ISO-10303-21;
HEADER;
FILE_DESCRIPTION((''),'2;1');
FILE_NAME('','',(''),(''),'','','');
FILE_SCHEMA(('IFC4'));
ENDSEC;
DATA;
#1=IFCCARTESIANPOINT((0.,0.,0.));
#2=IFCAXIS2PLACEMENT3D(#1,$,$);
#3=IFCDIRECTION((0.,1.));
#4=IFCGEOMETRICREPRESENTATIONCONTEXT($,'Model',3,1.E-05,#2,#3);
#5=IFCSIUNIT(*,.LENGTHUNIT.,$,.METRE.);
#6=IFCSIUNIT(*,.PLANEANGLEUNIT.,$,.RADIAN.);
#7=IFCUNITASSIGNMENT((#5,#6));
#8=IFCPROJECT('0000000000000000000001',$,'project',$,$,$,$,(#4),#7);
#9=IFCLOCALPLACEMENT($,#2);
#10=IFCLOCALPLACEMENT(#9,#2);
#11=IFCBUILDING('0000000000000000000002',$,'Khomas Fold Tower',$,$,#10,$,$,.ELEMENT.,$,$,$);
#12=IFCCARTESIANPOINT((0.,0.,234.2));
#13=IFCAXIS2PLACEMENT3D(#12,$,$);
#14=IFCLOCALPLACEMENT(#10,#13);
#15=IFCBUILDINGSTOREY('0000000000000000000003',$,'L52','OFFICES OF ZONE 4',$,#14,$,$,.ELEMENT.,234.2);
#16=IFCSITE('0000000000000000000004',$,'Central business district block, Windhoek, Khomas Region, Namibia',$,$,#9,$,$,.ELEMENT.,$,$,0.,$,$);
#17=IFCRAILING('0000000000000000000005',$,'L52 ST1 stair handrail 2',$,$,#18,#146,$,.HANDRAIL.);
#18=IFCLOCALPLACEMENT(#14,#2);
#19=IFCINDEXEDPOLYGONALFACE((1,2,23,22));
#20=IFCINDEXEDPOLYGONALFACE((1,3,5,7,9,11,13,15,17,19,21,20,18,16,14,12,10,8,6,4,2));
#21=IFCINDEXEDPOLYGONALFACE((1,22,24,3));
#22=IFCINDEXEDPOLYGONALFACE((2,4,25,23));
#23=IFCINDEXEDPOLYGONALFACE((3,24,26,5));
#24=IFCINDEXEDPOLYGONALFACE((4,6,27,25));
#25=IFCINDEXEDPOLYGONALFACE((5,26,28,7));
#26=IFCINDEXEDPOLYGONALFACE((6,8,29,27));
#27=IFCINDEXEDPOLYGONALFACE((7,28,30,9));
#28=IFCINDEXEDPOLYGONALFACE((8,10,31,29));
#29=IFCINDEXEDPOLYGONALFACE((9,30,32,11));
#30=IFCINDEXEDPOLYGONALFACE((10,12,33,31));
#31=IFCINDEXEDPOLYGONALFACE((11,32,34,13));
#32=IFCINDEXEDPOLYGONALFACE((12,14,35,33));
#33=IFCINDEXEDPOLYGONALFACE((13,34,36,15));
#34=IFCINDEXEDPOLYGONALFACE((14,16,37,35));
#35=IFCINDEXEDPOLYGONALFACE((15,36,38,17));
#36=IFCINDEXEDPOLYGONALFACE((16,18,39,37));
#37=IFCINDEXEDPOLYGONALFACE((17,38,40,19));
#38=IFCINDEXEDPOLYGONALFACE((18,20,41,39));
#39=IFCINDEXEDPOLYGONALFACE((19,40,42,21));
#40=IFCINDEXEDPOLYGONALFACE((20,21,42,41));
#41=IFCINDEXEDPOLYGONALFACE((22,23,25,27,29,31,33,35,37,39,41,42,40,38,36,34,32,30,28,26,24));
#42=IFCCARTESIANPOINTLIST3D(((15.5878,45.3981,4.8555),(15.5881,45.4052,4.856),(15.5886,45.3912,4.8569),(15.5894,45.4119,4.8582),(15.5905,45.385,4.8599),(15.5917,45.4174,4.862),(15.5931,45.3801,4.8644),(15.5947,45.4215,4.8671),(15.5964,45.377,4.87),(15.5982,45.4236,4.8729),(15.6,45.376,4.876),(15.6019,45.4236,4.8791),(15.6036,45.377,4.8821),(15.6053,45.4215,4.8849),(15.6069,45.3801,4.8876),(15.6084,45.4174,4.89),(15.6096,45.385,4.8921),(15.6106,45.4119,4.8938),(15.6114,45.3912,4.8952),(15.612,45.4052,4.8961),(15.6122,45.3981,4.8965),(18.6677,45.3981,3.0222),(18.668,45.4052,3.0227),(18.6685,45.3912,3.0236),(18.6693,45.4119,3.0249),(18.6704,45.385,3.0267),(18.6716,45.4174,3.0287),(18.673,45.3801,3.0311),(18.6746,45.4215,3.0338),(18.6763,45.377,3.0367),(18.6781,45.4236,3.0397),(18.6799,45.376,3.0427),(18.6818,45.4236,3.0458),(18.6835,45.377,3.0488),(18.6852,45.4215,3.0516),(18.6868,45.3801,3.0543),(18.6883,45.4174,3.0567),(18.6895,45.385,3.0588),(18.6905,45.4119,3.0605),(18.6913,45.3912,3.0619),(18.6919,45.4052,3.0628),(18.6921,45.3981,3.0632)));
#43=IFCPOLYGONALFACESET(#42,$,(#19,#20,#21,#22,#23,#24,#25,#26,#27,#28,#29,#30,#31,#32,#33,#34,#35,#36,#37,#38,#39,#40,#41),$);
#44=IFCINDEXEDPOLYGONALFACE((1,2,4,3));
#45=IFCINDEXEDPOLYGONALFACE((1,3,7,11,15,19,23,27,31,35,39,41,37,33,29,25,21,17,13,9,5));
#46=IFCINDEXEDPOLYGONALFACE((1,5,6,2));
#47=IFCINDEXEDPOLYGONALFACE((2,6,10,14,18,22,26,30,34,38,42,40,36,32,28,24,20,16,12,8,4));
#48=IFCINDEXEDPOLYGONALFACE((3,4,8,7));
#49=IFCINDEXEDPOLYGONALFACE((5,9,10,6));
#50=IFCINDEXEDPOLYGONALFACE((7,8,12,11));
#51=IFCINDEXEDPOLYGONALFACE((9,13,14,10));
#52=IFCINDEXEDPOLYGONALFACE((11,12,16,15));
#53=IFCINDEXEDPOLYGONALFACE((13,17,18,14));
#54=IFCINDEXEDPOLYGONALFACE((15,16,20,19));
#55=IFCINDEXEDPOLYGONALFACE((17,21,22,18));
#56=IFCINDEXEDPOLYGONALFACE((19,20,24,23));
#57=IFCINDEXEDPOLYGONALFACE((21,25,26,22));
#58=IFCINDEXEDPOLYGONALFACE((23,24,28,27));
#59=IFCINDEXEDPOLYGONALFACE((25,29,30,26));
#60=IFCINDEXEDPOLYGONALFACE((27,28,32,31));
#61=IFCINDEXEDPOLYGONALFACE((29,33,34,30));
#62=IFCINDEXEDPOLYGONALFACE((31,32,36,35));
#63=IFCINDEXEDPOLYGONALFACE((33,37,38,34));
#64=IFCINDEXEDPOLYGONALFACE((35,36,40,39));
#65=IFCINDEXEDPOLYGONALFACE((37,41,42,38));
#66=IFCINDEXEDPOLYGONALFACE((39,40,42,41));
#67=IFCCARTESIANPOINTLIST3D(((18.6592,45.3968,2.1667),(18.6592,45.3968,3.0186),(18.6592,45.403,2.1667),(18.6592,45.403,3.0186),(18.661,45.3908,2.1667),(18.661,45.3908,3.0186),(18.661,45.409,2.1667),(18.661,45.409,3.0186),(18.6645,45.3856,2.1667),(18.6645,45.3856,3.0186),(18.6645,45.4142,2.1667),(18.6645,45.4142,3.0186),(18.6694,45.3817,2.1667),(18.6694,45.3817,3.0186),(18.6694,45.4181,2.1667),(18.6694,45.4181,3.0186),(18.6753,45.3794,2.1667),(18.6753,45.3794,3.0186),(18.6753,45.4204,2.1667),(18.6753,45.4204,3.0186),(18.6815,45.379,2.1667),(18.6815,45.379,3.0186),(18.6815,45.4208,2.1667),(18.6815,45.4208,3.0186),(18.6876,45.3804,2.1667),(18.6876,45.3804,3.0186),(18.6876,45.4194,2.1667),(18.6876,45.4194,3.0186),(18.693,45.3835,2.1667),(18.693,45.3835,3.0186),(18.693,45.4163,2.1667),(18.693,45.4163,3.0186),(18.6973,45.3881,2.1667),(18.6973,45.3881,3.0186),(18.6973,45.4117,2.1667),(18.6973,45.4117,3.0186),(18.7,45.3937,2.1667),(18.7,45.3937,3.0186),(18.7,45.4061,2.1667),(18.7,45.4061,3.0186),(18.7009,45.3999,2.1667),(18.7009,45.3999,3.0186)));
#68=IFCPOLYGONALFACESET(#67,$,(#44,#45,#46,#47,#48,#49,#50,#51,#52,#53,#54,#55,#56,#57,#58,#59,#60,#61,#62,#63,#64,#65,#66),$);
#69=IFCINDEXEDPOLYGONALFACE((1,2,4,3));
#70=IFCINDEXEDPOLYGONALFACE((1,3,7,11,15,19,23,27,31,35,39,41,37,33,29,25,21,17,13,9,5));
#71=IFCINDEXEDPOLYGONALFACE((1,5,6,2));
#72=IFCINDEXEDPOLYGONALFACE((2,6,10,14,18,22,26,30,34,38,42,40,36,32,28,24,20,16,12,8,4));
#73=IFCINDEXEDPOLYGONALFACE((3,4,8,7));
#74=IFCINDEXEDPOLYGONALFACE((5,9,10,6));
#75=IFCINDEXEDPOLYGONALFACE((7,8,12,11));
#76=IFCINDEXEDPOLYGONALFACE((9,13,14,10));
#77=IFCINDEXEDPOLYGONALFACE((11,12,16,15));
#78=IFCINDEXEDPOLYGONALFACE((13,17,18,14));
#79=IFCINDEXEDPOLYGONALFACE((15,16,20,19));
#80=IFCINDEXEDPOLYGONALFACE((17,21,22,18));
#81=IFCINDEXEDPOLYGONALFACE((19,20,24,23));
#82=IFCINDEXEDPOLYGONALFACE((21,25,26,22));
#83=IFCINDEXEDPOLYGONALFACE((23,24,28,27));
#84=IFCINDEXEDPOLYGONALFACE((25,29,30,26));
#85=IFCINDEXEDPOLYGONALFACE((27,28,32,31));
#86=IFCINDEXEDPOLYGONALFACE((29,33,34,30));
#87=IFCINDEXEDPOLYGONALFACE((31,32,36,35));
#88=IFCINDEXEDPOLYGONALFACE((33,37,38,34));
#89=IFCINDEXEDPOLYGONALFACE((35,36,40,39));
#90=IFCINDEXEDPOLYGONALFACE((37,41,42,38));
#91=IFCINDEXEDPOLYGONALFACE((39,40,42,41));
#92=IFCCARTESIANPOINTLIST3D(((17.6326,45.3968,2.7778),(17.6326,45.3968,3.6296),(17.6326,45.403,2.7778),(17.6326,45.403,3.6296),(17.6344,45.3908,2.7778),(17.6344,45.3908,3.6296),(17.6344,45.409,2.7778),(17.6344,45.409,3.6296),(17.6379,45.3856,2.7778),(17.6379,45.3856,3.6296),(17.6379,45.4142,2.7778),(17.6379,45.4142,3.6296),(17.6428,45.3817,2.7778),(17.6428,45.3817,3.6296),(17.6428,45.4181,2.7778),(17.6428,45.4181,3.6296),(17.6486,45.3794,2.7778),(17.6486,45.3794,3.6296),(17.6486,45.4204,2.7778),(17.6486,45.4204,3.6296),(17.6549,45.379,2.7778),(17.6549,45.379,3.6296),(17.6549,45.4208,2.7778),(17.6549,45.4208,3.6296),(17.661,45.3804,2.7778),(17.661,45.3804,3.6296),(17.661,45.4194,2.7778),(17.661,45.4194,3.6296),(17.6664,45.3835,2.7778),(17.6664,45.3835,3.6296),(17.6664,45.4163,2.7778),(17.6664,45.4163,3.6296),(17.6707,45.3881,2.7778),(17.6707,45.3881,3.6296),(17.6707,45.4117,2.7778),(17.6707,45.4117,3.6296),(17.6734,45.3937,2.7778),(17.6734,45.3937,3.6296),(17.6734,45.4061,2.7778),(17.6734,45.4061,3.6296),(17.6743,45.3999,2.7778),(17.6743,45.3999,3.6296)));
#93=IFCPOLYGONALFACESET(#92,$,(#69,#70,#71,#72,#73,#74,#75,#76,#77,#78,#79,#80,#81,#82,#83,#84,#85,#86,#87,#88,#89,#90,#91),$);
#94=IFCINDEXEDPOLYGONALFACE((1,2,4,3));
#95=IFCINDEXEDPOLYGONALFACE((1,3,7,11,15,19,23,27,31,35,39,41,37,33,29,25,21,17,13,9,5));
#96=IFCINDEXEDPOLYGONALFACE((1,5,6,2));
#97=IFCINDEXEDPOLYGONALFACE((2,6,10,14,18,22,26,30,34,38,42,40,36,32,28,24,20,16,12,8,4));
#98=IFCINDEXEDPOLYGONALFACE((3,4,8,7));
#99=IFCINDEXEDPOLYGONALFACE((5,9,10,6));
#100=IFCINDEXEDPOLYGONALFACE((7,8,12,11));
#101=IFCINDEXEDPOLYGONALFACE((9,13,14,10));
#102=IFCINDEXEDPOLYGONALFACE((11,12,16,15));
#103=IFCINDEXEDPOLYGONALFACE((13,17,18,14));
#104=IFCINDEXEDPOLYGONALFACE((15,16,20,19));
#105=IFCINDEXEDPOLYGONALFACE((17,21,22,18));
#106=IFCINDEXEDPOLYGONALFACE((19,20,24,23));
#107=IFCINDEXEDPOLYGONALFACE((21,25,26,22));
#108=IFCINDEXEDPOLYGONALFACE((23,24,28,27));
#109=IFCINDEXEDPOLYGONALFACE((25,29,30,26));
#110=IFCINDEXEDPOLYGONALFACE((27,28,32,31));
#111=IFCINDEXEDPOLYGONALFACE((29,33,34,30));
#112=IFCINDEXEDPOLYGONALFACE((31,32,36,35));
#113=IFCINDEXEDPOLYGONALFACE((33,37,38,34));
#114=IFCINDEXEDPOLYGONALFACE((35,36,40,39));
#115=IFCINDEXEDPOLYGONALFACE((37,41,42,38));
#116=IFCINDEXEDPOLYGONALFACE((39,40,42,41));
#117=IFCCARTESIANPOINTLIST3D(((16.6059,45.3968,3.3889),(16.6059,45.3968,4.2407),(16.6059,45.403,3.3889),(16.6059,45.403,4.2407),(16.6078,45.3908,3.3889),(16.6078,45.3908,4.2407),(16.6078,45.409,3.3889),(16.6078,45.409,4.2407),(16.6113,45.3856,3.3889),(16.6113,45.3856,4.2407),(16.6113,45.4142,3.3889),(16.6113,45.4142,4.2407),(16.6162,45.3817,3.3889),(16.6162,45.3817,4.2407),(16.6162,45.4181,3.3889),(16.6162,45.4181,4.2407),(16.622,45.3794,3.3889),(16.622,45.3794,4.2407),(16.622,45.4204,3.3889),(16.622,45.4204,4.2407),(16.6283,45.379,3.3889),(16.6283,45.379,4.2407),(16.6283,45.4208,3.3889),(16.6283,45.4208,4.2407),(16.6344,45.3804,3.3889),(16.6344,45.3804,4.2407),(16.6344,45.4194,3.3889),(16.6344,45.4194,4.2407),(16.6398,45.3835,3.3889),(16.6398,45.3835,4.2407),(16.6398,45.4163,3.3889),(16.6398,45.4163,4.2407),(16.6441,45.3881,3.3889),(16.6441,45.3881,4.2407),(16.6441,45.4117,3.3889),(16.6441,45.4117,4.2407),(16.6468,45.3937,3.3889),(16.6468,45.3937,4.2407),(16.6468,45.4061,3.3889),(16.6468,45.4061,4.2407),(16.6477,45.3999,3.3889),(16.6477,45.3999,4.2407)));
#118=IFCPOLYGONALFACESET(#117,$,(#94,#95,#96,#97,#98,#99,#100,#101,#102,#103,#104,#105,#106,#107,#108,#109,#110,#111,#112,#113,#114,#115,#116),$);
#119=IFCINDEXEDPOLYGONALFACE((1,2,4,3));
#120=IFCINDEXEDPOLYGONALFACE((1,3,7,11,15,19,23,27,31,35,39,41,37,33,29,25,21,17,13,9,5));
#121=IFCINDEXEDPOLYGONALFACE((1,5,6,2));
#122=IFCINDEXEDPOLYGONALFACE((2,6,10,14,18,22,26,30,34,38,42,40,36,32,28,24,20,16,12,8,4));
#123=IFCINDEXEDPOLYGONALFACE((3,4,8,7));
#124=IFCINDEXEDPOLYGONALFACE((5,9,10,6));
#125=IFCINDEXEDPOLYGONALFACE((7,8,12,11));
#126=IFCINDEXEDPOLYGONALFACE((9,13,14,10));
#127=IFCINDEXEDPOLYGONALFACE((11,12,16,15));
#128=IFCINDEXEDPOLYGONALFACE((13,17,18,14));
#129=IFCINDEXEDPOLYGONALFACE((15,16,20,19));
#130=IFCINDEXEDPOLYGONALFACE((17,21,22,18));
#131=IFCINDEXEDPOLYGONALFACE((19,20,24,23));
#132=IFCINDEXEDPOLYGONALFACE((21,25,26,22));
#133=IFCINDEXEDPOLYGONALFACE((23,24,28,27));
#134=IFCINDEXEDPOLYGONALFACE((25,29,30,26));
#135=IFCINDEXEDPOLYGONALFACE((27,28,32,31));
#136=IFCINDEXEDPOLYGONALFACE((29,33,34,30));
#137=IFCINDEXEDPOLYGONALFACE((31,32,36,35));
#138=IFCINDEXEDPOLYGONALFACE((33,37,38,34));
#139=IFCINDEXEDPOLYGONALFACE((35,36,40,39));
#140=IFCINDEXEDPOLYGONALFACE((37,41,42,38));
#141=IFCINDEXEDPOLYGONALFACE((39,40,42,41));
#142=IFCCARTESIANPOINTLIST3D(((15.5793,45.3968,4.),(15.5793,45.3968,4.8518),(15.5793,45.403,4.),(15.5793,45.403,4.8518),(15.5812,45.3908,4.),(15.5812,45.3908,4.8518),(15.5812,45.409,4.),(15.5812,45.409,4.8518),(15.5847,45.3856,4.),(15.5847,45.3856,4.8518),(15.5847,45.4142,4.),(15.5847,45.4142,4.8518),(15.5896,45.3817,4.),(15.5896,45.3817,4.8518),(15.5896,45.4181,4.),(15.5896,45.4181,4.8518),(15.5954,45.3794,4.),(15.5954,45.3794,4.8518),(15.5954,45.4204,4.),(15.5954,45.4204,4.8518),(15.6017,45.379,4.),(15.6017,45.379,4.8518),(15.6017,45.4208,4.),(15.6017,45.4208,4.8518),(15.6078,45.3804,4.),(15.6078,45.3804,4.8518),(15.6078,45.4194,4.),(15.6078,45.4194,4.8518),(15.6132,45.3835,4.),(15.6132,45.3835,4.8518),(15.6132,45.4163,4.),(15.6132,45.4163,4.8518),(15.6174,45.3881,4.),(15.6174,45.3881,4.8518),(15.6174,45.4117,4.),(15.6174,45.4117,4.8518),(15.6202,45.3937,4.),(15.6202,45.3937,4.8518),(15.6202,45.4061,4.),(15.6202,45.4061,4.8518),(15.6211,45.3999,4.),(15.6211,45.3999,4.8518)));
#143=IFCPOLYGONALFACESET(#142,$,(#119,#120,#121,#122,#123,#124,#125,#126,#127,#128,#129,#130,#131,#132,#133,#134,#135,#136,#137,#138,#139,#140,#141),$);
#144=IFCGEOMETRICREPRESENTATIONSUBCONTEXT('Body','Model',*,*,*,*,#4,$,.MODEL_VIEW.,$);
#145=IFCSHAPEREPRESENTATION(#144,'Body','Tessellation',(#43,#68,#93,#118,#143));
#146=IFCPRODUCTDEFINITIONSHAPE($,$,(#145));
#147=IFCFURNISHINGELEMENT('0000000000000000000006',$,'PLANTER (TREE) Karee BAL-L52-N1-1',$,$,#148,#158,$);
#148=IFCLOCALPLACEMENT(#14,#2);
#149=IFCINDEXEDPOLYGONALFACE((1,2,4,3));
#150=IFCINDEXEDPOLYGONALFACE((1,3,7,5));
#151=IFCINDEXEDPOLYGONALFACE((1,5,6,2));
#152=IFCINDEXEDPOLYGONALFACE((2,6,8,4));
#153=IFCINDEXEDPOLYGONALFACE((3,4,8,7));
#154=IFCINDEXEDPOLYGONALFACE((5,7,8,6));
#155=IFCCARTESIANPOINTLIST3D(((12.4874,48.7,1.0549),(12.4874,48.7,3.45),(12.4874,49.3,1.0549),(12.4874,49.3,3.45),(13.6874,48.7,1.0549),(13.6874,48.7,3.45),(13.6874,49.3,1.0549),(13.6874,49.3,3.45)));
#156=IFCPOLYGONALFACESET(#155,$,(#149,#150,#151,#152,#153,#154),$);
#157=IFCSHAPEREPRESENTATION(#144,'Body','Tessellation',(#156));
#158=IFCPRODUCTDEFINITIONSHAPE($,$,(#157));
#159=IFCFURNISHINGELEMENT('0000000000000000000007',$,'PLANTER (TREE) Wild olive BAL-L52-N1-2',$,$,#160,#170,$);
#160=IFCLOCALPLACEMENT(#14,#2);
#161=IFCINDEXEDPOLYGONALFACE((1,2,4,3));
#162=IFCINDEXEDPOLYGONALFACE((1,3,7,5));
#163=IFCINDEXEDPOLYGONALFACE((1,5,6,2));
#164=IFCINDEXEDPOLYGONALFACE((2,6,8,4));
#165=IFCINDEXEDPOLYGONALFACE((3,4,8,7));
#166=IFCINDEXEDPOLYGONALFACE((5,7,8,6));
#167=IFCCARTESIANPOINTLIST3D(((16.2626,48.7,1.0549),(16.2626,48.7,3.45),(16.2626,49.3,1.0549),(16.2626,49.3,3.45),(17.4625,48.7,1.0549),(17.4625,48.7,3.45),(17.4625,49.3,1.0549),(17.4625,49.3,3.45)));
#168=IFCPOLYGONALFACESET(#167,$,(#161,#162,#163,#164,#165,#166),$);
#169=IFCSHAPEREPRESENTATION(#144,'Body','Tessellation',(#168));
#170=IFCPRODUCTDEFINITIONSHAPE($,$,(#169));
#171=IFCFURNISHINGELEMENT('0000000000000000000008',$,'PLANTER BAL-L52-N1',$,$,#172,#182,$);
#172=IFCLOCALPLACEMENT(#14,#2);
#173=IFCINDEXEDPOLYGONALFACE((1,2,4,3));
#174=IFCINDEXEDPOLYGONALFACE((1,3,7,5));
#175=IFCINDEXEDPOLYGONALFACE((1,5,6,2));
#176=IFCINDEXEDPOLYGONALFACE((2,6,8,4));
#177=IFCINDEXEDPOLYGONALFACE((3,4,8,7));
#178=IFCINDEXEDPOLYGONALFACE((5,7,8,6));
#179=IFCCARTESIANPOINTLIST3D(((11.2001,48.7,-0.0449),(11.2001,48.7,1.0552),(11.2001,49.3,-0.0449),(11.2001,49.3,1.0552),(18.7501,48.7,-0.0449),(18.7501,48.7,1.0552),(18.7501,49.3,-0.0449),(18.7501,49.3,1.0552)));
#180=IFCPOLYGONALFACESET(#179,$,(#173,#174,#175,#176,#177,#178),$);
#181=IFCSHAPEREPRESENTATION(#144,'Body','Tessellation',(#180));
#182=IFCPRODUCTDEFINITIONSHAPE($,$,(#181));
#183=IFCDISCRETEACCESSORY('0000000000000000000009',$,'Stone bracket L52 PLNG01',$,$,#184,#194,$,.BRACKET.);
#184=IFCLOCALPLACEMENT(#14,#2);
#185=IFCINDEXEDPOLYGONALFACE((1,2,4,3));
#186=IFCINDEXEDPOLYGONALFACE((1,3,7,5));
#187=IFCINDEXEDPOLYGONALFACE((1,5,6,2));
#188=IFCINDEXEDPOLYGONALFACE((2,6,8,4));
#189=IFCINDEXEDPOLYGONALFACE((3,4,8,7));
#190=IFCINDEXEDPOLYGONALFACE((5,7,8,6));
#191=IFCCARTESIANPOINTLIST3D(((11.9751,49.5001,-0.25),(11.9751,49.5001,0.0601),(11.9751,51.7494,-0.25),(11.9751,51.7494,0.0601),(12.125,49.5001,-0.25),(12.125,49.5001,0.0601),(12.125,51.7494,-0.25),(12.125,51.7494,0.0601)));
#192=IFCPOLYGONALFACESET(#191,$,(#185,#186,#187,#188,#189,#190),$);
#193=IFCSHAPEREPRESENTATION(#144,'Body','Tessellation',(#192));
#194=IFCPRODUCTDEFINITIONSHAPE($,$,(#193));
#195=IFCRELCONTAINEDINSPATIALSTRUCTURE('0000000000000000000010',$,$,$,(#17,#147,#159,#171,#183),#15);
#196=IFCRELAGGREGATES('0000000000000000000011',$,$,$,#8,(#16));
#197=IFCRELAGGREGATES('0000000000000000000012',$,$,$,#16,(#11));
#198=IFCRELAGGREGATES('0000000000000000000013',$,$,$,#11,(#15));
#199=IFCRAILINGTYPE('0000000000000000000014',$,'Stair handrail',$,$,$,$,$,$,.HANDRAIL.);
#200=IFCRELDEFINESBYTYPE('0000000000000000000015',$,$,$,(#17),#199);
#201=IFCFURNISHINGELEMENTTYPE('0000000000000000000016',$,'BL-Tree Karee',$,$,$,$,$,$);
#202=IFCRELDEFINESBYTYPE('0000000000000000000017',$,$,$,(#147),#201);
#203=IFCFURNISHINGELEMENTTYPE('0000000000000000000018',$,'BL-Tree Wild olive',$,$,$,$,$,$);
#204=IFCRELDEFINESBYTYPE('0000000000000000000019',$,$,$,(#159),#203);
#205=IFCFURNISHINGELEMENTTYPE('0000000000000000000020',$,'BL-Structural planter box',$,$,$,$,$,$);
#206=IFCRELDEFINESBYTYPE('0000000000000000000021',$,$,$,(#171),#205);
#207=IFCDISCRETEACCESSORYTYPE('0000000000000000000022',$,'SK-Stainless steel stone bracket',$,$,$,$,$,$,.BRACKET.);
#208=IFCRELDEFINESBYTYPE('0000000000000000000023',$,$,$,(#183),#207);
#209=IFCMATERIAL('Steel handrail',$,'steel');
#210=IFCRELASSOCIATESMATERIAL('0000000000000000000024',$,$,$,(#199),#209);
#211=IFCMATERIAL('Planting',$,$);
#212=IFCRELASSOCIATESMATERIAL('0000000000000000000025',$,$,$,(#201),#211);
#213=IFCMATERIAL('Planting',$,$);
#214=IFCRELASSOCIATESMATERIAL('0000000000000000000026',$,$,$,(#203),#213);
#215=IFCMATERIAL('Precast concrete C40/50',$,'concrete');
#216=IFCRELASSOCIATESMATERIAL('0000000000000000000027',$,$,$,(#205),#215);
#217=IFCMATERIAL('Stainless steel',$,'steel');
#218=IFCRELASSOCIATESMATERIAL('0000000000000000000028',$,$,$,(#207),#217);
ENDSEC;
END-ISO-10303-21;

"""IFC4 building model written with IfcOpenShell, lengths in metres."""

from ifc_helpers import new_model, si_unit, direction, frame, origin, origin_2d, place, context, subcontext, project, spatial, rectangle, circle, extrude, source, transform, mapped, material, type_object, element, save


model = new_model("IFC4")

# Units and contexts
model_context = context("Model", 3, precision=1e-05, world=origin(), true_north=direction((0.0, 1.0)))
body_context = subcontext(model_context, "Body", "Model", "MODEL_VIEW")
ifc_project = project(units=[si_unit("LENGTHUNIT", "METRE"), si_unit("PLANEANGLEUNIT", "RADIAN")], contexts=[model_context])

# Site, building, storey
site_placement = place(None, origin())
site = spatial("IfcSite", under=ifc_project, at=site_placement, Name="Central business district block, Windhoek, Khomas Region, Namibia", CompositionType="ELEMENT", RefElevation=0.0)
building_placement = place(site_placement, origin())
building = spatial("IfcBuilding", under=site, at=building_placement, Name="Khomas Fold Tower", CompositionType="ELEMENT")
storey_placement = place(building_placement, frame((0.0, 0.0, 234.2)))
storey = spatial("IfcBuildingStorey", under=building, at=storey_placement, Name="L52", Description="OFFICES OF ZONE 4", CompositionType="ELEMENT", Elevation=234.2)

# Railing
ifc_material_1 = material(Name="Steel handrail", Category="steel")
railing_type_1 = type_object("IfcRailingType", Name="Stair handrail", PredefinedType="HANDRAIL", material=ifc_material_1)
shared_shape_1 = source(origin(), body_context, "Body", "SweptSolid", [
    extrude(circle(Radius=0.0239, at=origin_2d()), frame((0.0, 0.0, 0.876), z_axis=(-0.859291, 0.0, 0.511487), x_axis=(0.0, -1.0, 0.0)), (0.0, 0.0, 1.0), 3.5842),
    extrude(circle(Radius=0.021, at=origin_2d()), origin(), (0.0, 0.0, 1.0), 0.8518),
    extrude(circle(Radius=0.021, at=origin_2d()), frame((-1.0266, 0.0, 0.6111)), (0.0, 0.0, 1.0), 0.8518),
    extrude(circle(Radius=0.021, at=origin_2d()), frame((-2.0532, 0.0, 1.2222)), (0.0, 0.0, 1.0), 0.8518),
    extrude(circle(Radius=0.021, at=origin_2d()), frame((-3.0798, 0.0, 1.8333)), (0.0, 0.0, 1.0), 0.8518),
])
railing_1_placement = place(storey_placement, frame((18.6799, 45.3999, 2.1667)))
element("IfcRailing", 1, at=railing_1_placement, inside=storey, type_object=railing_type_1, Name="L52 ST1 stair handrail 2", PredefinedType="HANDRAIL", context=body_context, shape_type="MappedRepresentation", body=[
    mapped(shared_shape_1, transform((0.0, 0.0, 0.0))),
])

# Furnishing elements
ifc_material_2 = material(Name="Planting")
furnishing_element_type_1 = type_object("IfcFurnishingElementType", Name="BL-Tree Karee", material=ifc_material_2)
shared_shape_2 = source(origin(), body_context, "Body", "SweptSolid", [
    extrude(rectangle(XDim=1.2, YDim=0.6001, at=origin_2d()), origin(), (0.0, 0.0, 1.0), 2.395),
])
furnishing_1_placement = place(storey_placement, frame((13.0874, 49.0, 1.0549), z_axis=(0.0, 0.0, 1.0), x_axis=(1.0, 0.0, 0.0)))
element("IfcFurnishingElement", 2, at=furnishing_1_placement, inside=storey, type_object=furnishing_element_type_1, Name="PLANTER (TREE) Karee BAL-L52-N1-1", context=body_context, shape_type="MappedRepresentation", body=[
    mapped(shared_shape_2, transform((0.0, 0.0, 0.0))),
])
ifc_material_3 = material(Name="Planting")
furnishing_element_type_2 = type_object("IfcFurnishingElementType", Name="BL-Tree Wild olive", material=ifc_material_3)
furnishing_2_placement = place(storey_placement, frame((16.8625, 49.0, 1.0549), z_axis=(0.0, 0.0, 1.0), x_axis=(1.0, 0.0, 0.0)))
element("IfcFurnishingElement", 3, at=furnishing_2_placement, inside=storey, type_object=furnishing_element_type_2, Name="PLANTER (TREE) Wild olive BAL-L52-N1-2", context=body_context, shape_type="MappedRepresentation", body=[
    mapped(shared_shape_2, transform((0.0, 0.0, 0.0))),
])
ifc_material_4 = material(Name="Precast concrete C40/50", Category="concrete")
furnishing_element_type_3 = type_object("IfcFurnishingElementType", Name="BL-Structural planter box", material=ifc_material_4)
shared_shape_3 = source(origin(), body_context, "Body", "SweptSolid", [
    extrude(rectangle(XDim=7.55, YDim=0.6001, at=origin_2d()), origin(), (0.0, 0.0, 1.0), 1.1001),
])
furnishing_3_placement = place(storey_placement, frame((14.9751, 49.0, -0.0449), z_axis=(0.0, 0.0, 1.0), x_axis=(1.0, 0.0, 0.0)))
element("IfcFurnishingElement", 4, at=furnishing_3_placement, inside=storey, type_object=furnishing_element_type_3, Name="PLANTER BAL-L52-N1", context=body_context, shape_type="MappedRepresentation", body=[
    mapped(shared_shape_3, transform((0.0, 0.0, 0.0))),
])

# Discrete accessory
ifc_material_5 = material(Name="Stainless steel", Category="steel")
discrete_accessory_type = type_object("IfcDiscreteAccessoryType", Name="SK-Stainless steel stone bracket", PredefinedType="BRACKET", material=ifc_material_5)
shared_shape_4 = source(origin(), body_context, "Body", "SweptSolid", [
    extrude(rectangle(XDim=2.2493, YDim=0.1499, at=origin_2d()), origin(), (0.0, 0.0, 1.0), 0.3101),
])
for number, where, z_axis, x_axis, name in (
    (5, (12.05, 50.6248, -0.25), (0.0, 0.0, 1.0), (0.0, 1.0, 0.0), "Stone bracket L52 PLNG01"),
):
    element("IfcDiscreteAccessory", number, at=place(storey_placement, frame(where, z_axis=z_axis, x_axis=x_axis)), inside=storey, type_object=discrete_accessory_type, Name=name, PredefinedType="BRACKET", context=body_context, shape_type="MappedRepresentation", body=[
        mapped(shared_shape_4, transform((0.0, 0.0, 0.0))),
    ])

save(model, "model.ifc")
